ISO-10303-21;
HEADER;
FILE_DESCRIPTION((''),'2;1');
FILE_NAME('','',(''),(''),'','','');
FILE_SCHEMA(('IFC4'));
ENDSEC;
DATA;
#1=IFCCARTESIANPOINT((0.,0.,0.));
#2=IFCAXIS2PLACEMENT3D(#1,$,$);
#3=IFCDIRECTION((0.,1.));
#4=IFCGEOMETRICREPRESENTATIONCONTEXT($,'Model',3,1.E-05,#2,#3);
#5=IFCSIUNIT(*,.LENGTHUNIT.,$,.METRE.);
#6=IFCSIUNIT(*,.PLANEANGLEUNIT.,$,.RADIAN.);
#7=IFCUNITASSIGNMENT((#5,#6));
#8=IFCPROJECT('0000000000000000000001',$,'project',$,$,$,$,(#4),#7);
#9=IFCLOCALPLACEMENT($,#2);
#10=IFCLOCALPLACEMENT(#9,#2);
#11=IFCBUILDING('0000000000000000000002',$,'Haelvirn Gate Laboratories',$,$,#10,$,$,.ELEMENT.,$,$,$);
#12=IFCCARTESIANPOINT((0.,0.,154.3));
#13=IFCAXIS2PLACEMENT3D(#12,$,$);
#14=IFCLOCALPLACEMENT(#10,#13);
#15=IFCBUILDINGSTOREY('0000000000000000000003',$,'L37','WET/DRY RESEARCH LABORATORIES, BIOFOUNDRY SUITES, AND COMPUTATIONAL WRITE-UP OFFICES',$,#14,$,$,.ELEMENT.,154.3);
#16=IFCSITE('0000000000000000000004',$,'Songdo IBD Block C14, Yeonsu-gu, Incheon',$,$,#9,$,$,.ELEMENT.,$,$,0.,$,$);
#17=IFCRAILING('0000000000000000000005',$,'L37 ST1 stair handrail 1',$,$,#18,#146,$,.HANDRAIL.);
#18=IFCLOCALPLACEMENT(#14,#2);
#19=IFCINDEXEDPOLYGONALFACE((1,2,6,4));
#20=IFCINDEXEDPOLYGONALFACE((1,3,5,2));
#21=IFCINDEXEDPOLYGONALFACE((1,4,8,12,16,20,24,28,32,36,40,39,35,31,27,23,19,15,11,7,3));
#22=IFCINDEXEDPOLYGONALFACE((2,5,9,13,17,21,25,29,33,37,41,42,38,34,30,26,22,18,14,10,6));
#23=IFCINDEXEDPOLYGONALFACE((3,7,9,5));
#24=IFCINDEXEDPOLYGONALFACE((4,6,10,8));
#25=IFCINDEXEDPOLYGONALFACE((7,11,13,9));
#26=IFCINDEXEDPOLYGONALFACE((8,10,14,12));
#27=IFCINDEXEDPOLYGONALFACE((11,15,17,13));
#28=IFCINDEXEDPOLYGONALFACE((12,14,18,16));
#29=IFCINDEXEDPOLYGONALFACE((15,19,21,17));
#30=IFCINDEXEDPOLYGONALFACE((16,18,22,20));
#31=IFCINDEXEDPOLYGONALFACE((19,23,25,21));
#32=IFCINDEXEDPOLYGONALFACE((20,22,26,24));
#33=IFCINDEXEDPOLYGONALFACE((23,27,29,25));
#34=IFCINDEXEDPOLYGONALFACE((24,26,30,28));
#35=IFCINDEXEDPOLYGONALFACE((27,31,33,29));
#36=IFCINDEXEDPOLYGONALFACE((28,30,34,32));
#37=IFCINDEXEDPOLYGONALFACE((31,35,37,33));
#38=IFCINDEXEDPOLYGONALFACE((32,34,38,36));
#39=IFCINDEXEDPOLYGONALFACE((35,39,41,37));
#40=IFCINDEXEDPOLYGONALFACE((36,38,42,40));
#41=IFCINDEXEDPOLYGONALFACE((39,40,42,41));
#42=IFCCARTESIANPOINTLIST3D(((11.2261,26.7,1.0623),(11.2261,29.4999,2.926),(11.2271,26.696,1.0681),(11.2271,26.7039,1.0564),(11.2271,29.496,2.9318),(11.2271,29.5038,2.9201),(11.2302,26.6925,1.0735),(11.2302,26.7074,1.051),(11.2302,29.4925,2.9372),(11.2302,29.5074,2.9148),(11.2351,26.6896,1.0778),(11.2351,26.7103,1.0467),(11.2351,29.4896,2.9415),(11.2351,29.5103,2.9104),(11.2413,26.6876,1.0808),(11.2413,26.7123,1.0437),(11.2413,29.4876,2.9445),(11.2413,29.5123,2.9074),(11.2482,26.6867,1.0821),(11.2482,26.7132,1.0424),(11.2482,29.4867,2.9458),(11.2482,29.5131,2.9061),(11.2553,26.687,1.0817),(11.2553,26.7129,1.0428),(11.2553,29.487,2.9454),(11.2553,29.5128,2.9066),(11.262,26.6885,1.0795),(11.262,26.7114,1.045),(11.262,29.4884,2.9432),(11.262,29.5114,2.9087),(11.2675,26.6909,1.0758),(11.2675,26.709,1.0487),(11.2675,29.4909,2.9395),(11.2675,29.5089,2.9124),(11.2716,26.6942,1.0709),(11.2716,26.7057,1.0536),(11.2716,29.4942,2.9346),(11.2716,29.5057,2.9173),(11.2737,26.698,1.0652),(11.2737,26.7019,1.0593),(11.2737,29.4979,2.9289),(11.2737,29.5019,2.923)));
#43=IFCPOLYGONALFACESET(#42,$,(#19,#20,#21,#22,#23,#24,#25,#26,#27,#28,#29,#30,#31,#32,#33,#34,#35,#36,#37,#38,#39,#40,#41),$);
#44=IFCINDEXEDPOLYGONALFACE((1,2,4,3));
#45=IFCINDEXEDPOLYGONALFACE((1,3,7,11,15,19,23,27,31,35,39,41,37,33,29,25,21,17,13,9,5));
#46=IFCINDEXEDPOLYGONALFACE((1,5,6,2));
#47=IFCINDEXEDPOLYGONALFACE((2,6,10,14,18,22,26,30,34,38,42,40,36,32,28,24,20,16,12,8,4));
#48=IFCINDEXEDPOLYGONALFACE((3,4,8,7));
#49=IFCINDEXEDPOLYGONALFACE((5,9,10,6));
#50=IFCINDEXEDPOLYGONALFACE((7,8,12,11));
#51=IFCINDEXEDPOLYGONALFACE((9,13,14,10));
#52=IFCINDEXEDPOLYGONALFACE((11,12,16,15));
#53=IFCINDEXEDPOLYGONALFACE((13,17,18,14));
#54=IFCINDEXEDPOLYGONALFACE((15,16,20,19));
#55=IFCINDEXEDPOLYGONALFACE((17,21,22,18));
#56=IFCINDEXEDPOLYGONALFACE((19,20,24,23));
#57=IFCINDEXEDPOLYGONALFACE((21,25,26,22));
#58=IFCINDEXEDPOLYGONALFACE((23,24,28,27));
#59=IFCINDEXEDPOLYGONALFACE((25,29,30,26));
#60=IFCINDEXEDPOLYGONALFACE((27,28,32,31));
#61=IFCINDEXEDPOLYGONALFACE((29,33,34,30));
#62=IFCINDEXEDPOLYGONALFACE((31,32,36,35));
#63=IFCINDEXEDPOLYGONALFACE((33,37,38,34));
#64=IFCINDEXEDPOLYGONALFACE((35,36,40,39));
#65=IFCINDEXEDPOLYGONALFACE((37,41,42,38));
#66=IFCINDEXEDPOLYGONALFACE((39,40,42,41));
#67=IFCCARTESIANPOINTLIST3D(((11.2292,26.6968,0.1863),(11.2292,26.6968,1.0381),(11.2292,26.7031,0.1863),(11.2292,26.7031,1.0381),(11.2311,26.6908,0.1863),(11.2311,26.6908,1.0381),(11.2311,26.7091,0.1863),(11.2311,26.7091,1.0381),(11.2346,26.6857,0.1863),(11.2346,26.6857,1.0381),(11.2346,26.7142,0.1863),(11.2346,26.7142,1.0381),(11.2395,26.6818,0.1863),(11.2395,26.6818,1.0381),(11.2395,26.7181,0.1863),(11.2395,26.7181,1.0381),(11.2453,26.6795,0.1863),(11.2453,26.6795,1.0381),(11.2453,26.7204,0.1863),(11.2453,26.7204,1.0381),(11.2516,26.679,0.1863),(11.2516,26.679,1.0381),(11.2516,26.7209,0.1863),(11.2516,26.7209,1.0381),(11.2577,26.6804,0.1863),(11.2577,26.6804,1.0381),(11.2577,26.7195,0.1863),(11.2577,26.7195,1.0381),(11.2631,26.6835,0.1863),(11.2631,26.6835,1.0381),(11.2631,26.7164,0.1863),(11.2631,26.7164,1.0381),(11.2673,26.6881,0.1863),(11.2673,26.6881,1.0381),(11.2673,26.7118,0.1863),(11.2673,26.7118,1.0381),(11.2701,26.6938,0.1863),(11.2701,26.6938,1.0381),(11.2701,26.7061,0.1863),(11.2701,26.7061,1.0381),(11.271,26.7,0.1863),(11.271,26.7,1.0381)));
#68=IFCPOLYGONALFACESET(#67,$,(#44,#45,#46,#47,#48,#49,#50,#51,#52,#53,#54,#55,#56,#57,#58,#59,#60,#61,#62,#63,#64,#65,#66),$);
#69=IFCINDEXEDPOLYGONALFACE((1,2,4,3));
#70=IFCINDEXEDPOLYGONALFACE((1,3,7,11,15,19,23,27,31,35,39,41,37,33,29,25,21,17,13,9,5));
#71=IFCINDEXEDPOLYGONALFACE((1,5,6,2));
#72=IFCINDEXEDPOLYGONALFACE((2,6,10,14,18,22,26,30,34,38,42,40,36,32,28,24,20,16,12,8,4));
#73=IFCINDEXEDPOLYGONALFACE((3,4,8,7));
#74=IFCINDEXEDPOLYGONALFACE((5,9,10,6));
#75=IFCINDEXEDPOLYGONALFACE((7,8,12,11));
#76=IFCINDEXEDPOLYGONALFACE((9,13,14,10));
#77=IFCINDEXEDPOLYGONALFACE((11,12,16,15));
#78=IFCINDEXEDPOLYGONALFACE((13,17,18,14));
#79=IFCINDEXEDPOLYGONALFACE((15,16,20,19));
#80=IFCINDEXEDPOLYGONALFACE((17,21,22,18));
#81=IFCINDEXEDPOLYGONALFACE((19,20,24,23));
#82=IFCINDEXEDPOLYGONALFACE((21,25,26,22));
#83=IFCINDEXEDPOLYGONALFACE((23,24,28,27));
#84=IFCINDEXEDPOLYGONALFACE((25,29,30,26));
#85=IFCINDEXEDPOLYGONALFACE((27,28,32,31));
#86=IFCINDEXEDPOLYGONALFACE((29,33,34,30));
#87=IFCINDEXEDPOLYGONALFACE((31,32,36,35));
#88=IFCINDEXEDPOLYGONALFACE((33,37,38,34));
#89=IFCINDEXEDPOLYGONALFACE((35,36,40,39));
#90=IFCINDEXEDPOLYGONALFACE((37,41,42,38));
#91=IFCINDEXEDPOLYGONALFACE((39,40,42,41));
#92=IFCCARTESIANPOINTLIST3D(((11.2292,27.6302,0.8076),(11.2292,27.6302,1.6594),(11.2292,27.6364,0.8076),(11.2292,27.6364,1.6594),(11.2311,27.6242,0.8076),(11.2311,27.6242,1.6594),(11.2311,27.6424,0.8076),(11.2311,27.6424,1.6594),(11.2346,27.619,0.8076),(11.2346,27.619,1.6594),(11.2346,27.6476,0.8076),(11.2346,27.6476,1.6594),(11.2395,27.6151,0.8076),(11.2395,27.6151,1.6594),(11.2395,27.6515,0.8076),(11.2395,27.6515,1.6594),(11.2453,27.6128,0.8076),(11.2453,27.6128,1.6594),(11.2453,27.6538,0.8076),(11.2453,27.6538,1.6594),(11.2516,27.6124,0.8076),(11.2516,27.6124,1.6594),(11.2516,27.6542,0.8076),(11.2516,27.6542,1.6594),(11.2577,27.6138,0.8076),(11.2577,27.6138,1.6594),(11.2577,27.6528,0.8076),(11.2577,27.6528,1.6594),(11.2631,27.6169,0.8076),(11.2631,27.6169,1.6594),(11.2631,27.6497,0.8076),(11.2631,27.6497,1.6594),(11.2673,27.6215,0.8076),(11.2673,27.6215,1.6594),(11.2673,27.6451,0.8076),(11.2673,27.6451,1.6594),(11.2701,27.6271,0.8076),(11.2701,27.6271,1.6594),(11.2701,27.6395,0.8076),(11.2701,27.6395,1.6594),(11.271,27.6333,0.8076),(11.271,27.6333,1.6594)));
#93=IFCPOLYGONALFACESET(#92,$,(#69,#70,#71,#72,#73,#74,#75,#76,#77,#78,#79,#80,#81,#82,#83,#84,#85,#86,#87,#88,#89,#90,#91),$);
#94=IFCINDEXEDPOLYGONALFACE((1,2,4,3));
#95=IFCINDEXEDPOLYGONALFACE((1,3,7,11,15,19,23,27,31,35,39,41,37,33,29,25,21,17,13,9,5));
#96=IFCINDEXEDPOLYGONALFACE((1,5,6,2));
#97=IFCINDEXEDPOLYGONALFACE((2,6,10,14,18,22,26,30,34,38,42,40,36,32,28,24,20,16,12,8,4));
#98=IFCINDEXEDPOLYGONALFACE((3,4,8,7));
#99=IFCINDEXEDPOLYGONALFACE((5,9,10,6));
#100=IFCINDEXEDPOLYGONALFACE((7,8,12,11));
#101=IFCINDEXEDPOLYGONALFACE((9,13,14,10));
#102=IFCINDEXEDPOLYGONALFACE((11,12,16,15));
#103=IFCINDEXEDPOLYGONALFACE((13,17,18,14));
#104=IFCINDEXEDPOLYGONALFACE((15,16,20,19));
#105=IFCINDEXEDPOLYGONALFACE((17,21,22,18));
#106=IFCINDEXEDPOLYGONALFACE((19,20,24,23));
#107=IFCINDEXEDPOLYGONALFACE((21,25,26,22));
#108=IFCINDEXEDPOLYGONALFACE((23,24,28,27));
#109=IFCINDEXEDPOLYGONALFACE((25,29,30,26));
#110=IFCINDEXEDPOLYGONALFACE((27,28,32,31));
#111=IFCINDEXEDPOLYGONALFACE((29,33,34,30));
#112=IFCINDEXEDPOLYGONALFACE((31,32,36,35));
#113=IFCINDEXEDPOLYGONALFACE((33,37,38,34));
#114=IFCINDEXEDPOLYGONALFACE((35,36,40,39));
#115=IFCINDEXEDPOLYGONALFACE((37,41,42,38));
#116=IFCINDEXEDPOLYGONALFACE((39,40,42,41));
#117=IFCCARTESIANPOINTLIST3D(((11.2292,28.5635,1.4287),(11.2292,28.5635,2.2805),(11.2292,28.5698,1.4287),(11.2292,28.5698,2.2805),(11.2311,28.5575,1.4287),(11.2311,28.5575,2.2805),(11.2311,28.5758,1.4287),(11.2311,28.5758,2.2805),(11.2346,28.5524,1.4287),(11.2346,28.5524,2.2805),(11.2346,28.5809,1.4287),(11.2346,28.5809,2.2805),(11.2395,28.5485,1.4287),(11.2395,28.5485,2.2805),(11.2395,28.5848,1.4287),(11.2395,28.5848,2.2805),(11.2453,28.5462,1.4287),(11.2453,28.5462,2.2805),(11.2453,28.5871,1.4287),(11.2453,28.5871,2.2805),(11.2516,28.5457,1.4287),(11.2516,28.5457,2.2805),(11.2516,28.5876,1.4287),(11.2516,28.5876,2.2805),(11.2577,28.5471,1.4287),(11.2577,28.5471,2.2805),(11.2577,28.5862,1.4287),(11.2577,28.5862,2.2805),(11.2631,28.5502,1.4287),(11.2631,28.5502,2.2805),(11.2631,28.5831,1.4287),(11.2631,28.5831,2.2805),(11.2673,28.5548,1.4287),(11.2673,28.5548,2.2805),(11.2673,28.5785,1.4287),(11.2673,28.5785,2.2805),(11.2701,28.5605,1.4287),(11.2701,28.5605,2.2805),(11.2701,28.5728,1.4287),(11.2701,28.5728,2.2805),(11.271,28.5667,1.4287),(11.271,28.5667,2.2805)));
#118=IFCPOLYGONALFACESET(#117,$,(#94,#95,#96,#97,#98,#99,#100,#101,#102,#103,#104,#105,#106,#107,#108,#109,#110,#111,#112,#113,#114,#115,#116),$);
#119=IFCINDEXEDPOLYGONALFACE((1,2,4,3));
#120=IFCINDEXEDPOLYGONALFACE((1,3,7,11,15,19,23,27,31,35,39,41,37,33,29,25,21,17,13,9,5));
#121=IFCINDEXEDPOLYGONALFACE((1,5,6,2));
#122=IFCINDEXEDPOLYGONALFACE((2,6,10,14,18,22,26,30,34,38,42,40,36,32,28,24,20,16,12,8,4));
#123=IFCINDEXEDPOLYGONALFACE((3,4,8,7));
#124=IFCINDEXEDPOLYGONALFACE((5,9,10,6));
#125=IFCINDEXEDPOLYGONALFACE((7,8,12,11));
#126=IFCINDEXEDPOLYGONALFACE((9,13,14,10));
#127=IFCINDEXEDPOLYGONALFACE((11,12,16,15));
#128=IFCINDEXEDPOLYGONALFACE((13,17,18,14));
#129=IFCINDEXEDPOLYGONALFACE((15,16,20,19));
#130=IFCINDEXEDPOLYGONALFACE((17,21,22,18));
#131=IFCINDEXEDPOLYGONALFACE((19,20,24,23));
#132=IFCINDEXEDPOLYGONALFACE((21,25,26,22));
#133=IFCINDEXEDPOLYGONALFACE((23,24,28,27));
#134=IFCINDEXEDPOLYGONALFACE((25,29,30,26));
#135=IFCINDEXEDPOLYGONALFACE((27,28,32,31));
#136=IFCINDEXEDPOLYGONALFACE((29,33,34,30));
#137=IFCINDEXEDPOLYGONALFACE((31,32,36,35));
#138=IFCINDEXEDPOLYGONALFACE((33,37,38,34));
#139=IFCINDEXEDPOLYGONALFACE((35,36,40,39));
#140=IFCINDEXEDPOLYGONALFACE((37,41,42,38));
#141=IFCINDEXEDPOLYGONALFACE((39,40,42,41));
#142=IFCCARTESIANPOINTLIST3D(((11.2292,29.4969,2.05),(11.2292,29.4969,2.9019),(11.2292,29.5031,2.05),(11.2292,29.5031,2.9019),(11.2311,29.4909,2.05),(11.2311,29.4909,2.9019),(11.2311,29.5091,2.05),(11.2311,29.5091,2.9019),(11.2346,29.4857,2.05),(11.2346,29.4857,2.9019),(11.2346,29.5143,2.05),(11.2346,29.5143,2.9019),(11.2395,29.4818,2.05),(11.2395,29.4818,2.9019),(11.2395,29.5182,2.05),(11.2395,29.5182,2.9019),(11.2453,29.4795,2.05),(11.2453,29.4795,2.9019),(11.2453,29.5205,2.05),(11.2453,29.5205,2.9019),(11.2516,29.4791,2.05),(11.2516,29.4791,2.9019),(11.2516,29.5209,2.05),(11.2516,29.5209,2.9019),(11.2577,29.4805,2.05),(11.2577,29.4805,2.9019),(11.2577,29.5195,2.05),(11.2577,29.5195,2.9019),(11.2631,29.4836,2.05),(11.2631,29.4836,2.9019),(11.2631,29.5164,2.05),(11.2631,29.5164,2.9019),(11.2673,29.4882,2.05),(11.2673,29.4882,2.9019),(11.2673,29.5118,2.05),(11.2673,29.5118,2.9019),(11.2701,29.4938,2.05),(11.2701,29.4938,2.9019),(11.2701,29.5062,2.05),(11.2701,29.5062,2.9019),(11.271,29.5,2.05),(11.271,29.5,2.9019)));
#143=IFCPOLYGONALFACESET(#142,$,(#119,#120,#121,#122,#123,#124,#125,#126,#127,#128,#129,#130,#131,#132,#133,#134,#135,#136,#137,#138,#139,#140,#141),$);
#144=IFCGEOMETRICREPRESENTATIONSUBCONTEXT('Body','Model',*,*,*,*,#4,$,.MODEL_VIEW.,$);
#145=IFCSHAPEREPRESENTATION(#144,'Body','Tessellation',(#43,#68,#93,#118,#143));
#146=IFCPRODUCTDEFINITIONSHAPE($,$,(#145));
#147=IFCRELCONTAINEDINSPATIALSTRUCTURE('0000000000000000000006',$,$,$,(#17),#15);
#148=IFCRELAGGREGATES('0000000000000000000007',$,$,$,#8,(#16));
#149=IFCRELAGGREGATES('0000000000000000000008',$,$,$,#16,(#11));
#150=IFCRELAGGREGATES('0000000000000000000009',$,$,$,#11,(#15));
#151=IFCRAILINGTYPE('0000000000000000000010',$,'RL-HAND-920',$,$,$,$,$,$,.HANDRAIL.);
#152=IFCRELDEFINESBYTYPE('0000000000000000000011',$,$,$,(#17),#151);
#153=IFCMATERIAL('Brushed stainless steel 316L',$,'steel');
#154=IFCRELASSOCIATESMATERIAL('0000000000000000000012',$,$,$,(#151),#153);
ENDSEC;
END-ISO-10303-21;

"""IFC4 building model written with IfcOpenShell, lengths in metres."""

from ifc_helpers import new_model, si_unit, direction, frame, origin, origin_2d, place, context, subcontext, project, spatial, circle, extrude, source, transform, mapped, material, type_object, element, save


model = new_model("IFC4")

# Units and contexts
model_context = context("Model", 3, precision=1e-05, world=origin(), true_north=direction((0.0, 1.0)))
body_context = subcontext(model_context, "Body", "Model", "MODEL_VIEW")
ifc_project = project(units=[si_unit("LENGTHUNIT", "METRE"), si_unit("PLANEANGLEUNIT", "RADIAN")], contexts=[model_context])

# Site, building, storey
site_placement = place(None, origin())
site = spatial("IfcSite", under=ifc_project, at=site_placement, Name="Songdo IBD Block C14, Yeonsu-gu, Incheon", CompositionType="ELEMENT", RefElevation=0.0)
building_placement = place(site_placement, origin())
building = spatial("IfcBuilding", under=site, at=building_placement, Name="Haelvirn Gate Laboratories", CompositionType="ELEMENT")
storey_placement = place(building_placement, frame((0.0, 0.0, 154.3)))
storey = spatial("IfcBuildingStorey", under=building, at=storey_placement, Name="L37", Description="WET/DRY RESEARCH LABORATORIES, BIOFOUNDRY SUITES, AND COMPUTATIONAL WRITE-UP OFFICES", CompositionType="ELEMENT", Elevation=154.3)

# Railing
ifc_material_1 = material(Name="Brushed stainless steel 316L", Category="steel")
railing_type_1 = type_object("IfcRailingType", Name="RL-HAND-920", PredefinedType="HANDRAIL", material=ifc_material_1)
shared_shape_1 = source(origin(), body_context, "Body", "SweptSolid", [
    extrude(circle(Radius=0.0239, at=origin_2d()), frame((0.0, 0.0, 0.876), z_axis=(0.0, 0.832452, 0.554097), x_axis=(-1.0, 0.0, 0.0)), (0.0, 0.0, 1.0), 3.3635),
    extrude(circle(Radius=0.021, at=origin_2d()), origin(), (0.0, 0.0, 1.0), 0.8518),
    extrude(circle(Radius=0.021, at=origin_2d()), frame((0.0, 0.9333, 0.6213)), (0.0, 0.0, 1.0), 0.8518),
    extrude(circle(Radius=0.021, at=origin_2d()), frame((0.0, 1.8667, 1.2424)), (0.0, 0.0, 1.0), 0.8518),
    extrude(circle(Radius=0.021, at=origin_2d()), frame((0.0, 2.8, 1.8638)), (0.0, 0.0, 1.0), 0.8518),
])
railing_1_placement = place(storey_placement, frame((11.25, 26.7, 0.1863)))
element("IfcRailing", 1, at=railing_1_placement, inside=storey, type_object=railing_type_1, Name="L37 ST1 stair handrail 1", PredefinedType="HANDRAIL", context=body_context, shape_type="MappedRepresentation", body=[
    mapped(shared_shape_1, transform((0.0, 0.0, 0.0), scale=1.0)),
])

save(model, "model.ifc")
